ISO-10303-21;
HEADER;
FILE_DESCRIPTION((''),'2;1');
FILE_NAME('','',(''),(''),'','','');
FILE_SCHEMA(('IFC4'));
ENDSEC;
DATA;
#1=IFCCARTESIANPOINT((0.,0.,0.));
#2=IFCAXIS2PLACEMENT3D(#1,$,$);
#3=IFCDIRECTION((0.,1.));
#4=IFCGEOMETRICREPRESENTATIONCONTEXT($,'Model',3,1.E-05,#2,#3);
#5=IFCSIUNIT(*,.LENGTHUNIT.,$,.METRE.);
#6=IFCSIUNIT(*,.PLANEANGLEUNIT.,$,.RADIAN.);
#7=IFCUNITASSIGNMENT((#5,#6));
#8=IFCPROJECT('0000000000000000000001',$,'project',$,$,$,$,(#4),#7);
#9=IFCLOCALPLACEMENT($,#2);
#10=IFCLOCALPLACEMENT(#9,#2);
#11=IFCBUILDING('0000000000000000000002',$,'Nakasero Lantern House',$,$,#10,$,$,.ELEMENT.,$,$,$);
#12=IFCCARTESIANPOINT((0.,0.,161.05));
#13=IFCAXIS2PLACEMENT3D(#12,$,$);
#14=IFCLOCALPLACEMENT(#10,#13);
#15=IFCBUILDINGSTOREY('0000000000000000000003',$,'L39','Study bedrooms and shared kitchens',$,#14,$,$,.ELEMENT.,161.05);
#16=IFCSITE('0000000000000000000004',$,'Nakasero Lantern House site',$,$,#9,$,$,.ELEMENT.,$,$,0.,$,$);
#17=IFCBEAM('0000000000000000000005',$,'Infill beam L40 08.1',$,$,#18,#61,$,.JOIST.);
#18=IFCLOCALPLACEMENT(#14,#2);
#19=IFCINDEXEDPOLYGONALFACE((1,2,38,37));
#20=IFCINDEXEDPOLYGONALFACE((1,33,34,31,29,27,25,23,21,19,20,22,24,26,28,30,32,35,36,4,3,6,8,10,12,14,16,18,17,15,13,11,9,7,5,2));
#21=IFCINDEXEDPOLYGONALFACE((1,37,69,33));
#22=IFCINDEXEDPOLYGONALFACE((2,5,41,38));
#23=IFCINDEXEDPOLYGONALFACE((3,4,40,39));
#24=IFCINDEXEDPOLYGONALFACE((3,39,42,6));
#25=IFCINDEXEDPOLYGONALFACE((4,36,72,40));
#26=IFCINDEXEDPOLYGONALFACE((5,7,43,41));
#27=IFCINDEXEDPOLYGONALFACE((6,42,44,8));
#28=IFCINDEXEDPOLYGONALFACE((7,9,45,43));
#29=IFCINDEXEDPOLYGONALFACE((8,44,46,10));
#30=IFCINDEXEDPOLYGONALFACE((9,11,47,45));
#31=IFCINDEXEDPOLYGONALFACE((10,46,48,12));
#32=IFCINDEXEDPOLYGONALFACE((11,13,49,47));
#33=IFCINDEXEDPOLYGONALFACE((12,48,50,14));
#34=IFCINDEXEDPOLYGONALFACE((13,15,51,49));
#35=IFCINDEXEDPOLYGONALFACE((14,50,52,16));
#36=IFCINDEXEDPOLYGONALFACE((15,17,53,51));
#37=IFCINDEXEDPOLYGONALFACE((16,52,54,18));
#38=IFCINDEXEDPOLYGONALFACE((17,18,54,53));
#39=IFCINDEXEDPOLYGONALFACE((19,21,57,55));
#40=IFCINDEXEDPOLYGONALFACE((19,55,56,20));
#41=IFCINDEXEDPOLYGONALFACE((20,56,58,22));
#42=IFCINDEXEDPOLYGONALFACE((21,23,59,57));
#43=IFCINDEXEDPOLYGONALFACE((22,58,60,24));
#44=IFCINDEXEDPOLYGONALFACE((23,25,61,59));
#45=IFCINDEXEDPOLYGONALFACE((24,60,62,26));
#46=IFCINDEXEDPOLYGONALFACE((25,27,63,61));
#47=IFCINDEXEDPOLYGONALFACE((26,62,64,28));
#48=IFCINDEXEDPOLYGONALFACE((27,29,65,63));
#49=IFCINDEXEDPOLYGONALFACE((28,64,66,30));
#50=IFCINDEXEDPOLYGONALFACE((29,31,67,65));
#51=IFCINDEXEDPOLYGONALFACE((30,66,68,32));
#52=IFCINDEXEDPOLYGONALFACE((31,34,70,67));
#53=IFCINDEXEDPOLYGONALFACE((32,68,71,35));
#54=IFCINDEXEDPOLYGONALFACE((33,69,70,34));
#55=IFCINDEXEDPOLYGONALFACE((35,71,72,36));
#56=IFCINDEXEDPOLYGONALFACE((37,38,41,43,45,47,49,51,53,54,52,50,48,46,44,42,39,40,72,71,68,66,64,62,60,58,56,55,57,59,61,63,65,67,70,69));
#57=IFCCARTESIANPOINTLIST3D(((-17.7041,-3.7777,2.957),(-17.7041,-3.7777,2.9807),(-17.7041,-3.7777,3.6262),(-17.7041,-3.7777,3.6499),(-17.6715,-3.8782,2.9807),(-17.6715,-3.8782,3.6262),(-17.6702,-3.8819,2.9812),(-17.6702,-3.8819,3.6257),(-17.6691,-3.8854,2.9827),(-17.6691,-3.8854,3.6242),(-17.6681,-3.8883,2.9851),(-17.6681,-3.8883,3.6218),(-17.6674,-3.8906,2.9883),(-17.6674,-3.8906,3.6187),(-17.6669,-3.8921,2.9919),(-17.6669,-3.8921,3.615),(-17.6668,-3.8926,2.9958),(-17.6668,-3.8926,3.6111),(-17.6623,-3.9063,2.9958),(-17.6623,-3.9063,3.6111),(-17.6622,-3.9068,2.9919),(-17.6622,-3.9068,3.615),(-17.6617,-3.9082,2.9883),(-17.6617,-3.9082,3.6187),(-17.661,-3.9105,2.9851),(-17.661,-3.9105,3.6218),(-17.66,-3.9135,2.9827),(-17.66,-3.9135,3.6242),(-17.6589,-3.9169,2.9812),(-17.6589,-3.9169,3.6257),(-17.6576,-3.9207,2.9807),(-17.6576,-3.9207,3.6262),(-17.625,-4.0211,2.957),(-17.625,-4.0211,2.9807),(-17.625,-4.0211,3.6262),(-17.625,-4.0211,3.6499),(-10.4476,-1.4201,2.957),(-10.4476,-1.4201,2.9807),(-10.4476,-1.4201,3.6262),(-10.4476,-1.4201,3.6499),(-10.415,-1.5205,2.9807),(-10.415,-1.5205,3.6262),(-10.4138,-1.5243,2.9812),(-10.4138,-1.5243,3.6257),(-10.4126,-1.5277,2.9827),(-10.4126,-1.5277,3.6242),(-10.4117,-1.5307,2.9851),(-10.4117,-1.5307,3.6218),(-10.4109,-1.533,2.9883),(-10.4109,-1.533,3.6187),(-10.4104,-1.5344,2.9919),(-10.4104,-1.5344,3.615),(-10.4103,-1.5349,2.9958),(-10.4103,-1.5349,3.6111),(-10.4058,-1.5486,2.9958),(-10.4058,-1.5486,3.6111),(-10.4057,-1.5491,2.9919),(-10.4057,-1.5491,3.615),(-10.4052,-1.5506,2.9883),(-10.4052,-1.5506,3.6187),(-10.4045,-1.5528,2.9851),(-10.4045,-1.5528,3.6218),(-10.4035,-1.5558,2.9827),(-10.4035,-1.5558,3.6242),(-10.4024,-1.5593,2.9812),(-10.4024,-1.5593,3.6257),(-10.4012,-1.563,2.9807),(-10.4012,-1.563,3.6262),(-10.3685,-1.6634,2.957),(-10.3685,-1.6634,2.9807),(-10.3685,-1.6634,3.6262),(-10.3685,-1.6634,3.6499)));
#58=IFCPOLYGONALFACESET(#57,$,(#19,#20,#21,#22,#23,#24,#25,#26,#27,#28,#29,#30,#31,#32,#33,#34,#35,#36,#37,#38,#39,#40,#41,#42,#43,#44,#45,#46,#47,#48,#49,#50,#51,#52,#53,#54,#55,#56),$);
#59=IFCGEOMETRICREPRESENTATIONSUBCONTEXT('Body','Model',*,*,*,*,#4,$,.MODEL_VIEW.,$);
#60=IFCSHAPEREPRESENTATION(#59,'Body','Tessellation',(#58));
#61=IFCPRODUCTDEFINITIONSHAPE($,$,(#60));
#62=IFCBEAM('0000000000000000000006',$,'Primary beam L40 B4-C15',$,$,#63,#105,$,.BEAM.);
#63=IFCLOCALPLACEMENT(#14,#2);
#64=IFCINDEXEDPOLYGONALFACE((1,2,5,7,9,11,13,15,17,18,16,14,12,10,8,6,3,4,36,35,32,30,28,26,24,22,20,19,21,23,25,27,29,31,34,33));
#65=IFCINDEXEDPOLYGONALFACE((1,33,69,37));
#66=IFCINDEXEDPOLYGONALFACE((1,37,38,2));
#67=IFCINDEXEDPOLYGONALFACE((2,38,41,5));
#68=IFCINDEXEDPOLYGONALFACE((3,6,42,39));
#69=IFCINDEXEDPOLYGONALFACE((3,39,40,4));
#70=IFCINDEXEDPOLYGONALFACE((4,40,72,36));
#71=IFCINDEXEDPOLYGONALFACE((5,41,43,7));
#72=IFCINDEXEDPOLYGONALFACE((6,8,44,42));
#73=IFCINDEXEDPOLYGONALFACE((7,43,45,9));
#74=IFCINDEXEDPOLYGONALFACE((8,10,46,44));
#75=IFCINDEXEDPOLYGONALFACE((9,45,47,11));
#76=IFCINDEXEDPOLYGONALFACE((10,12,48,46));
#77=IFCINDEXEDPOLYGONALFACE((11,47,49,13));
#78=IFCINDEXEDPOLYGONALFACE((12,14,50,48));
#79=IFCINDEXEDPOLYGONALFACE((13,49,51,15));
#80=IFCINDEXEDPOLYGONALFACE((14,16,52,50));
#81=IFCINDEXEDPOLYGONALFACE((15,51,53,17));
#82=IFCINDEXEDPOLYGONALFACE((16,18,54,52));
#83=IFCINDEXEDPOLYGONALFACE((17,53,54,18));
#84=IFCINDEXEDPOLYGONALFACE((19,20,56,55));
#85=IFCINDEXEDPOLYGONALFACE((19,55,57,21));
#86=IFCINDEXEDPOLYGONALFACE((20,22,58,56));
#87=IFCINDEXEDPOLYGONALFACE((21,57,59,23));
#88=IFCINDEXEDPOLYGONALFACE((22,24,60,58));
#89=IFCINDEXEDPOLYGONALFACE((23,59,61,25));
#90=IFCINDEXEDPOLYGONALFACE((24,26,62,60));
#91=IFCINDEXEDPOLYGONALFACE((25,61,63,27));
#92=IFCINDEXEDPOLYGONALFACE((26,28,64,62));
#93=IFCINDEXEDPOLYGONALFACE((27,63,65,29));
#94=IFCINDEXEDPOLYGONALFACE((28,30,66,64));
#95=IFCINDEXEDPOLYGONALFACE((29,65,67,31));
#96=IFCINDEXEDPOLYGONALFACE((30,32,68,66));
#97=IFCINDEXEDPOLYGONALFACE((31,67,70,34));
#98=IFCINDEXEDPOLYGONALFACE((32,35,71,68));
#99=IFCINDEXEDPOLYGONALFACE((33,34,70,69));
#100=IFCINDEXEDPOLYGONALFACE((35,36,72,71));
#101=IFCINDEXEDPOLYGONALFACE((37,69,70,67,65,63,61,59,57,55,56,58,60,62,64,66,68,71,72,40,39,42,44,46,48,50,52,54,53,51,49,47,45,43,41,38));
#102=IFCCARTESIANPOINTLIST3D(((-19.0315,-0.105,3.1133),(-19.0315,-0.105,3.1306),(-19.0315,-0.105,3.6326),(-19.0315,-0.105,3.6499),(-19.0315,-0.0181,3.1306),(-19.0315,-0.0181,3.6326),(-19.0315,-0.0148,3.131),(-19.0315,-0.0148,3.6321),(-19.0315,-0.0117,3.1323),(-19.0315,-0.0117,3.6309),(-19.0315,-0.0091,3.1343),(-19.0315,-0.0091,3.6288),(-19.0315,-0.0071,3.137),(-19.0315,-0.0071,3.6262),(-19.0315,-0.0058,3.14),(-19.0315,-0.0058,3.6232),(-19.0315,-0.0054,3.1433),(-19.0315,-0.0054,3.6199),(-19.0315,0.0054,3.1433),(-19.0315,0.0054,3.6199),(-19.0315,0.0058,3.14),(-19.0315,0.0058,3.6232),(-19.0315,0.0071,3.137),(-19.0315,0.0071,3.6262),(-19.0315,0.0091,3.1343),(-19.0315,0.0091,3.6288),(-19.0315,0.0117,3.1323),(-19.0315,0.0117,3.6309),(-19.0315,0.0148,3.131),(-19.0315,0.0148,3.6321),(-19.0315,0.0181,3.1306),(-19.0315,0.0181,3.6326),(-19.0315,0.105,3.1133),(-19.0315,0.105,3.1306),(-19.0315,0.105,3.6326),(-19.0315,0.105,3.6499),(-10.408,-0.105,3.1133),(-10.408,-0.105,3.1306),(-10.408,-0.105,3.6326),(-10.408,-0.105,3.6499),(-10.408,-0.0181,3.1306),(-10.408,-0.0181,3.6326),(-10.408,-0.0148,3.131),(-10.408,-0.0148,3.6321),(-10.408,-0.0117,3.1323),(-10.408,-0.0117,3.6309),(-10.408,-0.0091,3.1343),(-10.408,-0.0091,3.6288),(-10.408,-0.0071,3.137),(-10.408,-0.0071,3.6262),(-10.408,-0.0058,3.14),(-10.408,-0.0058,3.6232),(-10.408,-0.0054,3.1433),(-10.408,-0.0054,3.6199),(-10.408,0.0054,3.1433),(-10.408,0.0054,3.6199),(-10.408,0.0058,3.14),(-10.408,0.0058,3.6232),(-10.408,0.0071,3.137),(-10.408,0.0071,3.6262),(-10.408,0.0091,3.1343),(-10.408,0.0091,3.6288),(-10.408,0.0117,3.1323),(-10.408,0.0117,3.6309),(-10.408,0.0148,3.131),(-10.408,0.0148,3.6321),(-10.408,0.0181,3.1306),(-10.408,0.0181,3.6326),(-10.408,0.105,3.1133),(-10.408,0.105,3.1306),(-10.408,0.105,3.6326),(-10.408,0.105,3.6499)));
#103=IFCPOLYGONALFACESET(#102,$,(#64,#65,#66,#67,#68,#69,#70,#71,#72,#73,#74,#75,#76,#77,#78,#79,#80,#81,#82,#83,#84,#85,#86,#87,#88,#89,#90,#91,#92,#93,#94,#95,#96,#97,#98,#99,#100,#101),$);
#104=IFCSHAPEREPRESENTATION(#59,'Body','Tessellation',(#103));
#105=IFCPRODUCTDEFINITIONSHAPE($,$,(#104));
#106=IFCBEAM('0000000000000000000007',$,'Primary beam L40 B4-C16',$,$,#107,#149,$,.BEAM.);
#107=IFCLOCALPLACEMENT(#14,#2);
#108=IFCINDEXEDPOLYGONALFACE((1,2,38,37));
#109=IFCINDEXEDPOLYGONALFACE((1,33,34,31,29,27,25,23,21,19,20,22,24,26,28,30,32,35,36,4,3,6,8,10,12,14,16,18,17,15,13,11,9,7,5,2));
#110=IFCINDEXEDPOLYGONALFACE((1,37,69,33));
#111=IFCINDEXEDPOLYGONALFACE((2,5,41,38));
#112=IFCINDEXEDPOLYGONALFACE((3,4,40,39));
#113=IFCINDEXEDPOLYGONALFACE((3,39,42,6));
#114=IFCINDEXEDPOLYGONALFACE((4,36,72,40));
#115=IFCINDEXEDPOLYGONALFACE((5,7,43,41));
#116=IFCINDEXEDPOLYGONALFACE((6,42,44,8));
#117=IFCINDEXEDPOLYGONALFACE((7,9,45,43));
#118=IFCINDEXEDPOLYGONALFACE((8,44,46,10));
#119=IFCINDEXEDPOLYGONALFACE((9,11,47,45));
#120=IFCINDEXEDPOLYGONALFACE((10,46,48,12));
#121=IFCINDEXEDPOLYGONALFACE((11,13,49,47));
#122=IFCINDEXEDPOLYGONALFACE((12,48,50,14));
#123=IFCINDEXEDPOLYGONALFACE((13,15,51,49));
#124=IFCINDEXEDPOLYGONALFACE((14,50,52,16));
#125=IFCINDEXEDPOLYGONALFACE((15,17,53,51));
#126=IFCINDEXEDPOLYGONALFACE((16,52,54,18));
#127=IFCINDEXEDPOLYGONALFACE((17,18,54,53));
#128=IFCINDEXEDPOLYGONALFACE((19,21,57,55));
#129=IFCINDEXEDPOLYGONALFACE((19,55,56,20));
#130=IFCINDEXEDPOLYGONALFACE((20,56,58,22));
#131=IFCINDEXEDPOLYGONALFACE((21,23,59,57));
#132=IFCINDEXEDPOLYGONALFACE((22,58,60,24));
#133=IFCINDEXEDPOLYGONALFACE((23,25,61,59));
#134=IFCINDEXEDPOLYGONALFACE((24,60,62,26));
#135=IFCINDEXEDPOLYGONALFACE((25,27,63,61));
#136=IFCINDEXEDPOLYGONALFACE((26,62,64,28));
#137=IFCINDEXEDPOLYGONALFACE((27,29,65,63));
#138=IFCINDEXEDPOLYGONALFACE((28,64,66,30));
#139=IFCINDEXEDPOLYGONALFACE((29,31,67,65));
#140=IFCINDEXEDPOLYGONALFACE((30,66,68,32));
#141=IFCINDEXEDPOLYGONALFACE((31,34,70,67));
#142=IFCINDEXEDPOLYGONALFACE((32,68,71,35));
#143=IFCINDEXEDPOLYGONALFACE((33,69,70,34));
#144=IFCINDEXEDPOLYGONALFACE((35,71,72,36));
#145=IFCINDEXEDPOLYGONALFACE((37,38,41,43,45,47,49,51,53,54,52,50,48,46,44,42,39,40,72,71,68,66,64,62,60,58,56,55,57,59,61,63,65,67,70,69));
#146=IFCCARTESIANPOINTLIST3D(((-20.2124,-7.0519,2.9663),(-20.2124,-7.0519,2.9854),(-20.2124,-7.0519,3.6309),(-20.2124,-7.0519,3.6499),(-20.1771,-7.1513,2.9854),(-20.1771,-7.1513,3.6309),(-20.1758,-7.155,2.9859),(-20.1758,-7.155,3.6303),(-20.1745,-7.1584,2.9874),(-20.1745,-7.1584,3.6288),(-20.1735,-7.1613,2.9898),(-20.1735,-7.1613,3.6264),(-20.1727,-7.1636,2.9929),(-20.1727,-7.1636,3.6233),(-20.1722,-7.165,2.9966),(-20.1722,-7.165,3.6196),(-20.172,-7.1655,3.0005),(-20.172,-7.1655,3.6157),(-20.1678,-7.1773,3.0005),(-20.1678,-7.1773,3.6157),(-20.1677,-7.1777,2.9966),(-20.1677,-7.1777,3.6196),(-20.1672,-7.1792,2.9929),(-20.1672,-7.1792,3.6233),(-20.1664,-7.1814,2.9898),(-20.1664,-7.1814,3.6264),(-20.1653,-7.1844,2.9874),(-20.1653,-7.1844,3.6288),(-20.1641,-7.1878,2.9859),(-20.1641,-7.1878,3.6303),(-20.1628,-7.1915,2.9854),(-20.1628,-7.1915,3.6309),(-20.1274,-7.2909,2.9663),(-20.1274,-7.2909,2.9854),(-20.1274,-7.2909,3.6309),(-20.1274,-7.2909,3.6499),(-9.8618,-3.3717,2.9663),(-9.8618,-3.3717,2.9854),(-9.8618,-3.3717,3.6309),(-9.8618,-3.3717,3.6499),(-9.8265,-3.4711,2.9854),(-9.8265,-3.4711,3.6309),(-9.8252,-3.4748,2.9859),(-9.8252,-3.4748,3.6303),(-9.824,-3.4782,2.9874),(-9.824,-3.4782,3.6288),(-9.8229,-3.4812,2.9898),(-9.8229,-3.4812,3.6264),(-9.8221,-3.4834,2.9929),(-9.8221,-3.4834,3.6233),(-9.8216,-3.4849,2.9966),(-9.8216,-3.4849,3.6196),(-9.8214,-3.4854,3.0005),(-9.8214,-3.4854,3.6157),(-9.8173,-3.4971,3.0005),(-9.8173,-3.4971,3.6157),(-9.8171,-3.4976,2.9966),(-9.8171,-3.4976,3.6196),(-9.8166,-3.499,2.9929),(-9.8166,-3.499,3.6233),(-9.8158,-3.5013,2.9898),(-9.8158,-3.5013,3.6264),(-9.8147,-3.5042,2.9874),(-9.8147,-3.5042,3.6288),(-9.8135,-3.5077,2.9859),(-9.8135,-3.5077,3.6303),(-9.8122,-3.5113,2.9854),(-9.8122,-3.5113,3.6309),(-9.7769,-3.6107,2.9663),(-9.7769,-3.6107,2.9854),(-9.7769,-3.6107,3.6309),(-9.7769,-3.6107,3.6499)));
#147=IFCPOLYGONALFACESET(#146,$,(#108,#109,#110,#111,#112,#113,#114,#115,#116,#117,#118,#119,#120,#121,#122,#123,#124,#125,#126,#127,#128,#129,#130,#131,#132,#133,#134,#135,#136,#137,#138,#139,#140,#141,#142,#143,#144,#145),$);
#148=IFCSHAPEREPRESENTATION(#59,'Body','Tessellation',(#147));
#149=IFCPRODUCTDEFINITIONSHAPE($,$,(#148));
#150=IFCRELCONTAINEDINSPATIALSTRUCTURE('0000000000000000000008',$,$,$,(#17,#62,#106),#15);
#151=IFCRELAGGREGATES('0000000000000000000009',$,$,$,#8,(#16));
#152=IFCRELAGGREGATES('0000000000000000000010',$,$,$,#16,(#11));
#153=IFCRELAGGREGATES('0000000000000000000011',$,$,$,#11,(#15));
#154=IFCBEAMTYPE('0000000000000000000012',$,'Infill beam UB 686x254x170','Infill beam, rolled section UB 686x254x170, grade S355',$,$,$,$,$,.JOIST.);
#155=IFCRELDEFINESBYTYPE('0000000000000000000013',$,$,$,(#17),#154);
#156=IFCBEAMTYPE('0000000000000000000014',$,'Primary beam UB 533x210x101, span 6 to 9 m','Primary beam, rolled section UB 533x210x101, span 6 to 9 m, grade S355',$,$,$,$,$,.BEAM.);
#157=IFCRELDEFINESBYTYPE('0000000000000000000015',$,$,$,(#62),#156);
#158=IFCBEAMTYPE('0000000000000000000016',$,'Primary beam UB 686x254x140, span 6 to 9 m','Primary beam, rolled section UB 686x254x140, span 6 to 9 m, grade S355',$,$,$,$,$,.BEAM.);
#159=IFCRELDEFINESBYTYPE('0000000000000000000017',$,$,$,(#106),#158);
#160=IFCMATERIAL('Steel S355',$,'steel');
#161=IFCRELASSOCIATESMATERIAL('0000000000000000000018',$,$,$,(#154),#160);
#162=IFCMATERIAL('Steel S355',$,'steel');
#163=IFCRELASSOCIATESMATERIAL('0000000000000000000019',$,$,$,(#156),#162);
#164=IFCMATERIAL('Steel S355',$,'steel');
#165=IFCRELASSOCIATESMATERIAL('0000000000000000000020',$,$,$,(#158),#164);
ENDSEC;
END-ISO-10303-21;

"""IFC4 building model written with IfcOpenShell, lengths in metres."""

from ifc_helpers import new_model, si_unit, direction, frame, origin, origin_2d, place, context, subcontext, project, spatial, i_section, extrude, material, material_profile, profile_set, type_object, element, save


model = new_model("IFC4")

# Units and contexts
model_context = context("Model", 3, precision=1e-05, world=origin(), true_north=direction((0.0, 1.0)))
body_context = subcontext(model_context, "Body", "Model", "MODEL_VIEW")
ifc_project = project(units=[si_unit("LENGTHUNIT", "METRE"), si_unit("PLANEANGLEUNIT", "RADIAN")], contexts=[model_context])

# Site, building, storey
site_placement = place(None, origin())
site = spatial("IfcSite", under=ifc_project, at=site_placement, Name="Nakasero Lantern House site", CompositionType="ELEMENT", RefElevation=0.0)
building_placement = place(site_placement, origin())
building = spatial("IfcBuilding", under=site, at=building_placement, Name="Nakasero Lantern House", CompositionType="ELEMENT")
storey_placement = place(building_placement, frame((0.0, 0.0, 161.05)))
storey = spatial("IfcBuildingStorey", under=building, at=storey_placement, Name="L39", Description="Study bedrooms and shared kitchens", CompositionType="ELEMENT", Elevation=161.05)

# Beams
ifc_material_1 = material(Name="Steel S355", Category="steel")
ifc_material_profile_1 = material_profile(ifc_material_1, i_section(OverallWidth=0.2559, OverallDepth=0.6929, WebThickness=0.0144, FlangeThickness=0.0237, FilletRadius=0.0151, at=origin_2d()), Name="UB 686x254x170")
ifc_profile_set_1 = profile_set([ifc_material_profile_1], Name="Steel S355")
beam_type_1 = type_object("IfcBeamType", Name="Infill beam UB 686x254x170", Description="Infill beam, rolled section UB 686x254x170, grade S355", PredefinedType="JOIST", material=ifc_profile_set_1)
beam_1_placement = place(storey_placement, frame((-17.6646, -3.8994, 3.3035), z_axis=(0.951062, 0.309, 0.0), x_axis=(-0.309, 0.951062, 0.0)))
element("IfcBeam", 1, at=beam_1_placement, inside=storey, type_object=beam_type_1, Name="Infill beam L40 08.1", PredefinedType="JOIST", context=body_context, shape_type="SweptSolid", body=[
    extrude(i_section(OverallWidth=0.2559, OverallDepth=0.6929, WebThickness=0.0144, FlangeThickness=0.0237, FilletRadius=0.0151, at=origin_2d()), origin(), (0.0, 0.0, 1.0), 7.6299),
])
ifc_material_2 = material(Name="Steel S355", Category="steel")
ifc_material_profile_2 = material_profile(ifc_material_2, i_section(OverallWidth=0.21, OverallDepth=0.5366, WebThickness=0.0107, FlangeThickness=0.0173, FilletRadius=0.0127, at=origin_2d()), Name="UB 533x210x101")
ifc_profile_set_2 = profile_set([ifc_material_profile_2], Name="Steel S355")
beam_type_2 = type_object("IfcBeamType", Name="Primary beam UB 533x210x101, span 6 to 9 m", Description="Primary beam, rolled section UB 533x210x101, span 6 to 9 m, grade S355", PredefinedType="BEAM", material=ifc_profile_set_2)
beam_2_placement = place(storey_placement, frame((-19.0315, 0.0, 3.3816), z_axis=(1.0, 0.0, 0.0), x_axis=(0.0, 1.0, 0.0)))
element("IfcBeam", 2, at=beam_2_placement, inside=storey, type_object=beam_type_2, Name="Primary beam L40 B4-C15", PredefinedType="BEAM", context=body_context, shape_type="SweptSolid", body=[
    extrude(i_section(OverallWidth=0.21, OverallDepth=0.5366, WebThickness=0.0107, FlangeThickness=0.0173, FilletRadius=0.0127, at=origin_2d()), origin(), (0.0, 0.0, 1.0), 8.6235),
])
ifc_material_3 = material(Name="Steel S355", Category="steel")
ifc_material_profile_3 = material_profile(ifc_material_3, i_section(OverallWidth=0.2537, OverallDepth=0.6836, WebThickness=0.0125, FlangeThickness=0.019, FilletRadius=0.0151, at=origin_2d()), Name="UB 686x254x140")
ifc_profile_set_3 = profile_set([ifc_material_profile_3], Name="Steel S355")
beam_type_3 = type_object("IfcBeamType", Name="Primary beam UB 686x254x140, span 6 to 9 m", Description="Primary beam, rolled section UB 686x254x140, span 6 to 9 m, grade S355", PredefinedType="BEAM", material=ifc_profile_set_3)
beam_3_placement = place(storey_placement, frame((-20.1699, -7.1714, 3.3081), z_axis=(0.942216, 0.335007, 0.0), x_axis=(-0.335007, 0.942216, 0.0)))
element("IfcBeam", 3, at=beam_3_placement, inside=storey, type_object=beam_type_3, Name="Primary beam L40 B4-C16", PredefinedType="BEAM", context=body_context, shape_type="SweptSolid", body=[
    extrude(i_section(OverallWidth=0.2537, OverallDepth=0.6836, WebThickness=0.0125, FlangeThickness=0.019, FilletRadius=0.0151, at=origin_2d()), origin(), (0.0, 0.0, 1.0), 10.9854),
])

save(model, "model.ifc")
